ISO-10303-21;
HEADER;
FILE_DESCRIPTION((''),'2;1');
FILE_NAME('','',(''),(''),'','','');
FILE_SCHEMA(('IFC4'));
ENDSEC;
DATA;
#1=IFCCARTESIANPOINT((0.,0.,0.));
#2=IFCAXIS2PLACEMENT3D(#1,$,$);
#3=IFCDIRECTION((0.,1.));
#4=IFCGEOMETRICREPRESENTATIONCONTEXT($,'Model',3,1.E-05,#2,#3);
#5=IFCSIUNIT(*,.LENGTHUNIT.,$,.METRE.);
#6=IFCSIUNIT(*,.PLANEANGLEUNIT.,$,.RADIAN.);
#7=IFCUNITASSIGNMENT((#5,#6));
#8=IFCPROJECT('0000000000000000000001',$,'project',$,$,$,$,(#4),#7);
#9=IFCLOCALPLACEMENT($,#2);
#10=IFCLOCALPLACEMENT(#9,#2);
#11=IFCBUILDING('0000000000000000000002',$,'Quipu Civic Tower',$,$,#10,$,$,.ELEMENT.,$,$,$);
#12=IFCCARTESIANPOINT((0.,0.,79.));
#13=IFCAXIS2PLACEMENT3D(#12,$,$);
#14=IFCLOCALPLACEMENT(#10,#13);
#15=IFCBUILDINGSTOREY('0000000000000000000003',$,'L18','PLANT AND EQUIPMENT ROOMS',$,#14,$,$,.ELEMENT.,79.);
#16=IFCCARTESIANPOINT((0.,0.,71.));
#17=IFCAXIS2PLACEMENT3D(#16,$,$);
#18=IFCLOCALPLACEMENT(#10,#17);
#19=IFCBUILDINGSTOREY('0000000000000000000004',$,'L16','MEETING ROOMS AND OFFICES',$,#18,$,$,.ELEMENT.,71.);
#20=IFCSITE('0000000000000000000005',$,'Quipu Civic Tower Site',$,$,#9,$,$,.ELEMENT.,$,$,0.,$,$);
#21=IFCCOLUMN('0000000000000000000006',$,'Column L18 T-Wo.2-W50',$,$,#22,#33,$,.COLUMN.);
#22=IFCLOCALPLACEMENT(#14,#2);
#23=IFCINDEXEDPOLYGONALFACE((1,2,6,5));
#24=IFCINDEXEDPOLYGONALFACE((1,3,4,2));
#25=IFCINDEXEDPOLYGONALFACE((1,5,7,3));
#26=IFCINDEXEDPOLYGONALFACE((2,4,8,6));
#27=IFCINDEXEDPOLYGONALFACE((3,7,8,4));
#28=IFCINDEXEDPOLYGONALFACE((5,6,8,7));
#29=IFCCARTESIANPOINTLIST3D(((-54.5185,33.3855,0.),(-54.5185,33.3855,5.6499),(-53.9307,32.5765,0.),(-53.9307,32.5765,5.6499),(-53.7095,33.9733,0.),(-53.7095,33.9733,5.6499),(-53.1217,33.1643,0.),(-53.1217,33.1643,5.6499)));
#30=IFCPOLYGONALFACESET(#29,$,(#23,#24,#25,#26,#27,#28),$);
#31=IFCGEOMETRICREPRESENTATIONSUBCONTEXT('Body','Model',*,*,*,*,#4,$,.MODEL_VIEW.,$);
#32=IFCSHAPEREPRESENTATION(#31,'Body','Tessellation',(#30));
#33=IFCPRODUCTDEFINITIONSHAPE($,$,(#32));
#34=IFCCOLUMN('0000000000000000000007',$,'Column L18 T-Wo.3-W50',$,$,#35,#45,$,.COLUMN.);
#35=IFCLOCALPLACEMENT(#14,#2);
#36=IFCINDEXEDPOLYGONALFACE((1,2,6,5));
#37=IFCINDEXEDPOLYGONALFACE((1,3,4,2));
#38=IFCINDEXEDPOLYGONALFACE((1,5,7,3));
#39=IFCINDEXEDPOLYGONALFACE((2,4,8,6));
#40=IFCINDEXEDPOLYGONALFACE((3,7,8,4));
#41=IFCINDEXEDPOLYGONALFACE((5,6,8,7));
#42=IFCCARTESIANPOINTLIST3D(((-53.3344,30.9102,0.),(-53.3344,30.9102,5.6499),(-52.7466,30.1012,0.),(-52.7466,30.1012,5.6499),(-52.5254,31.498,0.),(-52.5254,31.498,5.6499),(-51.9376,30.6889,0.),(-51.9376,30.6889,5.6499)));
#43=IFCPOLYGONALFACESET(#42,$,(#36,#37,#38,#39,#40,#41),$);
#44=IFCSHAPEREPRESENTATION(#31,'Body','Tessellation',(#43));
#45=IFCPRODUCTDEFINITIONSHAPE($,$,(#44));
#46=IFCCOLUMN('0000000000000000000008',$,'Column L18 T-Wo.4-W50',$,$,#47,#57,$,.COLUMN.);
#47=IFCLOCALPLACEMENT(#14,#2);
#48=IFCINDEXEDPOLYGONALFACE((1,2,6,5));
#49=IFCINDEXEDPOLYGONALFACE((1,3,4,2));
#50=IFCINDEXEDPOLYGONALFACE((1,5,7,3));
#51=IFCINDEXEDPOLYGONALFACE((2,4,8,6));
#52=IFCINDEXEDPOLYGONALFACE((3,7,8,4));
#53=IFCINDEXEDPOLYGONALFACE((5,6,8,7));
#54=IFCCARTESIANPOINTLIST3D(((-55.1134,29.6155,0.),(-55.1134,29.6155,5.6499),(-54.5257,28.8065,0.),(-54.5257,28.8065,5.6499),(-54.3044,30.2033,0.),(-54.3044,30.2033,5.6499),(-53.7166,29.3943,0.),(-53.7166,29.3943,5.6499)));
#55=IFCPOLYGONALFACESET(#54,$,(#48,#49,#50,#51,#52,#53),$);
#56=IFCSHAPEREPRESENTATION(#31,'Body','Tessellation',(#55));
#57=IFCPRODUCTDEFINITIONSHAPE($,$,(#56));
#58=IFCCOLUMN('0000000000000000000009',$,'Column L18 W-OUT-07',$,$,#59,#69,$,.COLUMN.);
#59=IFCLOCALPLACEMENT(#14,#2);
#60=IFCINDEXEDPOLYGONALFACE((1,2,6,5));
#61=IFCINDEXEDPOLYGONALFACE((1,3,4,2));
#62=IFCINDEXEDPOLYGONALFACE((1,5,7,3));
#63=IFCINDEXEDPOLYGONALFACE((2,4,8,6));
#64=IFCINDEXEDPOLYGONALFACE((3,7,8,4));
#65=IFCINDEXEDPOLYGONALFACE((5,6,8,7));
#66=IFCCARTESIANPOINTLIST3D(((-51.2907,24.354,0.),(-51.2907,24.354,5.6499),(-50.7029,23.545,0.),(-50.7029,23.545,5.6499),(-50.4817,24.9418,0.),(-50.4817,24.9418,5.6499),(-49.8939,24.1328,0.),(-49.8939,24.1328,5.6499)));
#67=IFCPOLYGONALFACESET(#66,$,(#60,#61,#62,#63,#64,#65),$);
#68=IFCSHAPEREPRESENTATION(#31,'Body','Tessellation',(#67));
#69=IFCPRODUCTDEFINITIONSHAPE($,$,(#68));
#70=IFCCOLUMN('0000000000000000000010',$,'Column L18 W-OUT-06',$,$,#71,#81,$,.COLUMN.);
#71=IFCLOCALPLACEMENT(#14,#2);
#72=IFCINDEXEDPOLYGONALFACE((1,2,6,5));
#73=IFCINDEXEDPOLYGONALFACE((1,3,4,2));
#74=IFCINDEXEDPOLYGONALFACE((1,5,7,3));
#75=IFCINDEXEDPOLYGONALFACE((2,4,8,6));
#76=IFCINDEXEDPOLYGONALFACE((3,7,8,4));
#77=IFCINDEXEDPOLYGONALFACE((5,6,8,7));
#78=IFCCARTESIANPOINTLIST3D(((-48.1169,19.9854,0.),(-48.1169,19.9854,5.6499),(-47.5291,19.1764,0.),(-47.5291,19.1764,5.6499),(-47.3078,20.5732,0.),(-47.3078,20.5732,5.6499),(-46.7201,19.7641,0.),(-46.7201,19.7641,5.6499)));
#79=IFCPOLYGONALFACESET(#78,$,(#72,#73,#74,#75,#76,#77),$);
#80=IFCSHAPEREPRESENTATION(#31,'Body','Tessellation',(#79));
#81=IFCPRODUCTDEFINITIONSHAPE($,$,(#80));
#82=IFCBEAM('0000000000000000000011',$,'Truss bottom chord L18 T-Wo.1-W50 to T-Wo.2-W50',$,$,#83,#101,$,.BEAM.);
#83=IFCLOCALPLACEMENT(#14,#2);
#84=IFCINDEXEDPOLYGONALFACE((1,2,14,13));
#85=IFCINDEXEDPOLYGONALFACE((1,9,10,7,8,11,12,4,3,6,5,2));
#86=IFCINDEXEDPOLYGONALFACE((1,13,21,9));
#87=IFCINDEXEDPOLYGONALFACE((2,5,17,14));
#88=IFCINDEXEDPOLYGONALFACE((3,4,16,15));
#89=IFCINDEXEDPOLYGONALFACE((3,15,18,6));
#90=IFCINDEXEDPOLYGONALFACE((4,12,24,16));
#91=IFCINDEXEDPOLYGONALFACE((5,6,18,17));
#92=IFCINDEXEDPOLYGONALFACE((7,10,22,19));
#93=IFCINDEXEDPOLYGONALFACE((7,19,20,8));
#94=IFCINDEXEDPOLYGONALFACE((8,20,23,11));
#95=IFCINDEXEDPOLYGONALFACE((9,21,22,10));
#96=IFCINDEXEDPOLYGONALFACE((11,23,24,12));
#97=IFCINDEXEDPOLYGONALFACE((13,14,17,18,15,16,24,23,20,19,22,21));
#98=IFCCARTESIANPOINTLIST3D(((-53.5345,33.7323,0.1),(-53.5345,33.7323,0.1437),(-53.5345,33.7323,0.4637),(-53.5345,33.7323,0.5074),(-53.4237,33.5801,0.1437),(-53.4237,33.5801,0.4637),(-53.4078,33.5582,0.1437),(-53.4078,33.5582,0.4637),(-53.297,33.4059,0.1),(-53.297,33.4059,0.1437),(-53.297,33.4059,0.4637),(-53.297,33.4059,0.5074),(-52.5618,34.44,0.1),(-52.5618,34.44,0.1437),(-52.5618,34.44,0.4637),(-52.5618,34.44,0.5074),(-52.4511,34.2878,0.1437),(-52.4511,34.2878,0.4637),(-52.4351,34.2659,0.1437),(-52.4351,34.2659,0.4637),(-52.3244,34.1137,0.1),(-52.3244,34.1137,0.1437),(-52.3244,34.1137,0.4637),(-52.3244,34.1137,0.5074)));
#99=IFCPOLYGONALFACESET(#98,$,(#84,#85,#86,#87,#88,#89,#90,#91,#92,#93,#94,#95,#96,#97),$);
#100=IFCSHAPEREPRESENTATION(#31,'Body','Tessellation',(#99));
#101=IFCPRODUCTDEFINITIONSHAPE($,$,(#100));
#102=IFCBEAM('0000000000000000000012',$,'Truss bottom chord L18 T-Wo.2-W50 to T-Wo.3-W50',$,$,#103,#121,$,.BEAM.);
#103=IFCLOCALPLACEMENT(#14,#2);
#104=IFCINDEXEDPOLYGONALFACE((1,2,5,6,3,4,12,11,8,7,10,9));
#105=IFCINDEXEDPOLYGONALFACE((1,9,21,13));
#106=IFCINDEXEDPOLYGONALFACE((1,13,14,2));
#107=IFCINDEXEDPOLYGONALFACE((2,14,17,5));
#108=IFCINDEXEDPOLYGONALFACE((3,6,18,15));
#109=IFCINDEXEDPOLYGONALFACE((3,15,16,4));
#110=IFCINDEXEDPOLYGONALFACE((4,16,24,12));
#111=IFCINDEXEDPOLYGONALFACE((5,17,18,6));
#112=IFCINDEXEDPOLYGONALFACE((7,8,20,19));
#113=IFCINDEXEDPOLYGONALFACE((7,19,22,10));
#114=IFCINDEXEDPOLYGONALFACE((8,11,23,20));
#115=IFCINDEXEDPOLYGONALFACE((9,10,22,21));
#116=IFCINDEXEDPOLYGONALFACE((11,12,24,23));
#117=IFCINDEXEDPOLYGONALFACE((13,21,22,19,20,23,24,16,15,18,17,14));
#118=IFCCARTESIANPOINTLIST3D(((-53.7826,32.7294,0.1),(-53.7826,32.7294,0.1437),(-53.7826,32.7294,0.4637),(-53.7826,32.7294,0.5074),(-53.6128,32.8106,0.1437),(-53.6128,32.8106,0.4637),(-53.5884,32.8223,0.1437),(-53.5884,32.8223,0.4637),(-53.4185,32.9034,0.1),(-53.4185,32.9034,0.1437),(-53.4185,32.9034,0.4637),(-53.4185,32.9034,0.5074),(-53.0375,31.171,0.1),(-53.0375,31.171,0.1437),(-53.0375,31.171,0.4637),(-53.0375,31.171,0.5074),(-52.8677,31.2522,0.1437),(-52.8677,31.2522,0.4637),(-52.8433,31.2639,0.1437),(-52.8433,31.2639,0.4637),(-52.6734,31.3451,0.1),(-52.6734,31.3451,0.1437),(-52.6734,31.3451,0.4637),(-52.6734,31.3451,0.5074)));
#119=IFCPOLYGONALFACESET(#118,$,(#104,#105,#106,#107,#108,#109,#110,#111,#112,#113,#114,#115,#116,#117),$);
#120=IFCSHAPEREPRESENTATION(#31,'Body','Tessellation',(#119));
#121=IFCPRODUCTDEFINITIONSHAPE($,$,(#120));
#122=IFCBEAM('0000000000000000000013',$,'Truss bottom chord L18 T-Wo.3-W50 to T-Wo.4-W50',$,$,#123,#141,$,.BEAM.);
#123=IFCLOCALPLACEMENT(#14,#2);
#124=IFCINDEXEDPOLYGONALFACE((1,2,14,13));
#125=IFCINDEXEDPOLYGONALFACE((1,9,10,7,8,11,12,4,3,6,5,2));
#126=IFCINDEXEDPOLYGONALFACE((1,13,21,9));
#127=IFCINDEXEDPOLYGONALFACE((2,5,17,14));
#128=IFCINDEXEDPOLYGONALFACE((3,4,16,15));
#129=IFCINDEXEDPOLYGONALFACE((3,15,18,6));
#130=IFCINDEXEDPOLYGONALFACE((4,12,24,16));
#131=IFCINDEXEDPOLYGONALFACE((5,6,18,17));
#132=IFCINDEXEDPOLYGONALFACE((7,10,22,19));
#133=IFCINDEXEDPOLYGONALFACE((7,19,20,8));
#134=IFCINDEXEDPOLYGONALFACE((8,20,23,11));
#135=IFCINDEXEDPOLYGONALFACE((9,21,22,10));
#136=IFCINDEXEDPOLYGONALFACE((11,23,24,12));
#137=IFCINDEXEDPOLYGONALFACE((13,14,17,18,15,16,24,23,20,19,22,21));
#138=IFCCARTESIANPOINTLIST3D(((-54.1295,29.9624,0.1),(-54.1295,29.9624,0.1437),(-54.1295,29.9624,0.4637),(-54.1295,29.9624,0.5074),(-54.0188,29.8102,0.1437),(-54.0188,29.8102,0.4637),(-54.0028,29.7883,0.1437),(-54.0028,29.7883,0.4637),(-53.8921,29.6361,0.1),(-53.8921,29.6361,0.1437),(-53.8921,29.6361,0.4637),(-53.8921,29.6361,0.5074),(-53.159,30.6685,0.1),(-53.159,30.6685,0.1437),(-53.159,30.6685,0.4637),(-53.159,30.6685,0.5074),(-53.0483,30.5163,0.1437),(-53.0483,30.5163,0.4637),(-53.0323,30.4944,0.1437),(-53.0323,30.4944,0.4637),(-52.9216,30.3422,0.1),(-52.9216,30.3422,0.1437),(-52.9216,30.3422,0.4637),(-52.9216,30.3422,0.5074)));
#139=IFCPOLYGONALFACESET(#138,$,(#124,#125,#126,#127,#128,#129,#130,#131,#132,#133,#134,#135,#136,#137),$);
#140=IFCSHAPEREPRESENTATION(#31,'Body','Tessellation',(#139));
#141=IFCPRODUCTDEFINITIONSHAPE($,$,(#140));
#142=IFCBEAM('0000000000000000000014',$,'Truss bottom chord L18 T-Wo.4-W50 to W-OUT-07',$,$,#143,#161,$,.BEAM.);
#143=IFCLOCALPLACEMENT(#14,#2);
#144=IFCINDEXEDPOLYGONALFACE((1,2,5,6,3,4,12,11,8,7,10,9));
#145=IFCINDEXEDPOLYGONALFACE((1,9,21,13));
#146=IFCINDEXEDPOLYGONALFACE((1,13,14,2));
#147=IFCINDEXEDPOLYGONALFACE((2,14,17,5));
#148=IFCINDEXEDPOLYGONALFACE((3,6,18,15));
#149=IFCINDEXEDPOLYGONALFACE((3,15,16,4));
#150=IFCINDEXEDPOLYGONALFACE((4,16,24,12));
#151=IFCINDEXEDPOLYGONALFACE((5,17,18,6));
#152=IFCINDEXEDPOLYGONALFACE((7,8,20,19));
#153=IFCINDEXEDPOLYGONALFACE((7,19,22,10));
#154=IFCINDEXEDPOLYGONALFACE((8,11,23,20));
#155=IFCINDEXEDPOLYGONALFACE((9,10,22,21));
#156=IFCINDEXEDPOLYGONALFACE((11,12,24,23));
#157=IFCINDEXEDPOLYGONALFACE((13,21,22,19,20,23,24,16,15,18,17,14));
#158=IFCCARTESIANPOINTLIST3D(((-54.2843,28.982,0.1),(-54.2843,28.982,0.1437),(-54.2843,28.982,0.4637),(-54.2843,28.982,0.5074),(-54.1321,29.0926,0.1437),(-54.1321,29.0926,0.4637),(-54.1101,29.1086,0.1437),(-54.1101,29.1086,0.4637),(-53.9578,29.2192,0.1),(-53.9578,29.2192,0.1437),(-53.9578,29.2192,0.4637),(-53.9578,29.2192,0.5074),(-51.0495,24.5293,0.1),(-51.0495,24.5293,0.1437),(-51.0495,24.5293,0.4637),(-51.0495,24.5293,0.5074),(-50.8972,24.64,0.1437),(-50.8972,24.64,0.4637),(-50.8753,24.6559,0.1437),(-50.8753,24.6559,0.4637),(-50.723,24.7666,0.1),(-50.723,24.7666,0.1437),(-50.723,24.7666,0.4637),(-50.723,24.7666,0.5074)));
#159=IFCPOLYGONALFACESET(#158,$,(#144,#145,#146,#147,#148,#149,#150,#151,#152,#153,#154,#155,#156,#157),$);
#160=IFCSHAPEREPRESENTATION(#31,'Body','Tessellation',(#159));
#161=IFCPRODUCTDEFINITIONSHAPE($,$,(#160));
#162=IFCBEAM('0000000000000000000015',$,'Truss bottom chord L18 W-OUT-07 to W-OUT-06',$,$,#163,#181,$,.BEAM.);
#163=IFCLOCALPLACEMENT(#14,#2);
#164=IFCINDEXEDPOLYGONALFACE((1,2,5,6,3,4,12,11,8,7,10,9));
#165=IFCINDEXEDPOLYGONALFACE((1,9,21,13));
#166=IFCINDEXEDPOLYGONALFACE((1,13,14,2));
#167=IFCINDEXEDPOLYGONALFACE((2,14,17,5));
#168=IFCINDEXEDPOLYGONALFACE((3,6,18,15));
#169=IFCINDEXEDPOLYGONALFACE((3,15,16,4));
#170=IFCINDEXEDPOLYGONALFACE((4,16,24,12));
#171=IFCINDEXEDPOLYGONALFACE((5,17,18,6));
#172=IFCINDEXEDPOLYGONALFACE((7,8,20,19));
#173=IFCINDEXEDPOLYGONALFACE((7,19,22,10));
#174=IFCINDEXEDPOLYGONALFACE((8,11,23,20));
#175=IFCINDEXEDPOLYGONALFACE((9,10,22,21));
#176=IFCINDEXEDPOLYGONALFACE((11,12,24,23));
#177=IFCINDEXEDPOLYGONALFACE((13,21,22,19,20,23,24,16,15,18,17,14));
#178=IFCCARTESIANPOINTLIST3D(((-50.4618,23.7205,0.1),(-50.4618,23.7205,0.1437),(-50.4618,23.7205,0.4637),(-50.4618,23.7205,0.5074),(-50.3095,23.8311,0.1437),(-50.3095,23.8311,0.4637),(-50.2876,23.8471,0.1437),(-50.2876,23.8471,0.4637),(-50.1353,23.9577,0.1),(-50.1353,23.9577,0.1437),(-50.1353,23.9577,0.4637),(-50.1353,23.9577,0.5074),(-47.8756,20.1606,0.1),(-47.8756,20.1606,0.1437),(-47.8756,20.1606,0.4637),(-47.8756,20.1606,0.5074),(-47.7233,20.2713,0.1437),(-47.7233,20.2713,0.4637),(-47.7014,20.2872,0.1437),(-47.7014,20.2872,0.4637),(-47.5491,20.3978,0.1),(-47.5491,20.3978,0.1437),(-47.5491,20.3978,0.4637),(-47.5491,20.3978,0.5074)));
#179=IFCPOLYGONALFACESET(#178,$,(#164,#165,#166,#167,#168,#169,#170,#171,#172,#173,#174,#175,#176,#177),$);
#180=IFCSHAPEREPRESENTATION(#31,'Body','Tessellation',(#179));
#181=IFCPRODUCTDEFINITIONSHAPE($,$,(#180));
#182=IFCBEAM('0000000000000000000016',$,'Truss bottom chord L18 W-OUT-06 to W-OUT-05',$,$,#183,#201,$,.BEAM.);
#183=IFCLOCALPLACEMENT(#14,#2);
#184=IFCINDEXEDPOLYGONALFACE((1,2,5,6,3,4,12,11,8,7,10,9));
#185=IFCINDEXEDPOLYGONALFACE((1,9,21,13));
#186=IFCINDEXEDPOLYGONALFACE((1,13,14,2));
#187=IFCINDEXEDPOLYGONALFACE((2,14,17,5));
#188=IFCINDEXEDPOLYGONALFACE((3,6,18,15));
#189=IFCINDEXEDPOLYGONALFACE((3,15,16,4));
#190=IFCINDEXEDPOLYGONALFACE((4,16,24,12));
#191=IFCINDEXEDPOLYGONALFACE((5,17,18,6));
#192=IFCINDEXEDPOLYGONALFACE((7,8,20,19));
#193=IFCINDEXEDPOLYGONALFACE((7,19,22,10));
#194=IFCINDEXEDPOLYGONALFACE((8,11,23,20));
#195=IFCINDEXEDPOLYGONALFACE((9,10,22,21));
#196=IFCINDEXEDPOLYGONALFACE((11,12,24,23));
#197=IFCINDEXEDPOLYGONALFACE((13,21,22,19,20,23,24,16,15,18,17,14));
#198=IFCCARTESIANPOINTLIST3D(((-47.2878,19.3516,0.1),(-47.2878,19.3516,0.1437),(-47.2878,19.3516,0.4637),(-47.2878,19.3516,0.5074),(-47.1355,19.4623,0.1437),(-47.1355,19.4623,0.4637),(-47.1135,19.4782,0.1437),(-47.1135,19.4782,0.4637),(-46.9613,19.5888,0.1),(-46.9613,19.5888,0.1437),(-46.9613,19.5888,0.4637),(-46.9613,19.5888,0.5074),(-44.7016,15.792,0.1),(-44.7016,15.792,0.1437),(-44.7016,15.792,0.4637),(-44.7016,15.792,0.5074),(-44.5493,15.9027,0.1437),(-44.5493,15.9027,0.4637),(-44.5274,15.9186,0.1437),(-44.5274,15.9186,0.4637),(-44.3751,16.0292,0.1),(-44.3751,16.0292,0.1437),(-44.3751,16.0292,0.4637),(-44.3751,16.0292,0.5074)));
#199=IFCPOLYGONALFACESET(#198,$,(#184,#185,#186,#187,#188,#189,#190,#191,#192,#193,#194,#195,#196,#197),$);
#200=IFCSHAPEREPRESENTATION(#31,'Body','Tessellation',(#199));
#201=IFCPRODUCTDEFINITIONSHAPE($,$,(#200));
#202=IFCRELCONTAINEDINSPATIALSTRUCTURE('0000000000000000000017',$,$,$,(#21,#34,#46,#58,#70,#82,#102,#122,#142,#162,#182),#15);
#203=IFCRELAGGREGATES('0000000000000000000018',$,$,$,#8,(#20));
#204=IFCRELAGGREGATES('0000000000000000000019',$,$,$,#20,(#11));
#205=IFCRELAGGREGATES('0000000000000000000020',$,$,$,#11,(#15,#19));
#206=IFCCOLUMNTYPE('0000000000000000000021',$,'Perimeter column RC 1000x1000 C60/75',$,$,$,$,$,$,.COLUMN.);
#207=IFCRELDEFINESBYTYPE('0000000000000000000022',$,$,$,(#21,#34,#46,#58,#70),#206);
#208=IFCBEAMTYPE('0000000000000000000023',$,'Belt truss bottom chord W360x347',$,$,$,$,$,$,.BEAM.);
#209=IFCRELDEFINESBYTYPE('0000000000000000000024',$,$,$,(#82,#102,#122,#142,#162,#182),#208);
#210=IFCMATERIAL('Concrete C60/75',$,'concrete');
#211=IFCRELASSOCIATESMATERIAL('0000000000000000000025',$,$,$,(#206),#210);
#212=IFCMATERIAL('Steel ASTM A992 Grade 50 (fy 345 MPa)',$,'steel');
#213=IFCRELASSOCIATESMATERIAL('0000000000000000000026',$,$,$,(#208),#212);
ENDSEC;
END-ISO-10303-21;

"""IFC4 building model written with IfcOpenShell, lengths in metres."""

from ifc_helpers import new_model, si_unit, direction, frame, origin, origin_2d, place, context, subcontext, project, spatial, rectangle, i_section, extrude, material, material_profile, profile_set, type_object, element, save


model = new_model("IFC4")

# Units and contexts
model_context = context("Model", 3, precision=1e-05, world=origin(), true_north=direction((0.0, 1.0)))
body_context = subcontext(model_context, "Body", "Model", "MODEL_VIEW")
ifc_project = project(units=[si_unit("LENGTHUNIT", "METRE"), si_unit("PLANEANGLEUNIT", "RADIAN")], contexts=[model_context])

# Site, building, storey
site_placement = place(None, origin())
site = spatial("IfcSite", under=ifc_project, at=site_placement, Name="Quipu Civic Tower Site", CompositionType="ELEMENT", RefElevation=0.0)
building_placement = place(site_placement, origin())
building = spatial("IfcBuilding", under=site, at=building_placement, Name="Quipu Civic Tower", CompositionType="ELEMENT")
storey_1_placement = place(building_placement, frame((0.0, 0.0, 79.0)))
storey_1 = spatial("IfcBuildingStorey", under=building, at=storey_1_placement, Name="L18", Description="PLANT AND EQUIPMENT ROOMS", CompositionType="ELEMENT", Elevation=79.0)

# Columns
ifc_material_1 = material(Name="Concrete C60/75", Category="concrete")
ifc_material_profile_1 = material_profile(ifc_material_1, rectangle(XDim=1.0, YDim=1.0, at=origin_2d()), Name="RC1000x1000")
ifc_profile_set_1 = profile_set([ifc_material_profile_1], Name="Concrete C60/75")
column_type = type_object("IfcColumnType", Name="Perimeter column RC 1000x1000 C60/75", PredefinedType="COLUMN", material=ifc_profile_set_1)
for number, where, z_axis, x_axis, name in (
    (1, (-53.8201, 33.2749, 0.0), (0.0, 0.0, 1.0), (0.587785, -0.809017, 0.0), "Column L18 T-Wo.2-W50"),
    (2, (-52.636, 30.7996, 0.0), (0.0, 0.0, 1.0), (-0.809017, -0.587785, 0.0), "Column L18 T-Wo.3-W50"),
    (3, (-54.415, 29.5049, 0.0), (0.0, 0.0, 1.0), (0.587785, -0.809017, 0.0), "Column L18 T-Wo.4-W50"),
    (4, (-50.5923, 24.2434, 0.0), (0.0, 0.0, 1.0), (0.587785, -0.809017, 0.0), "Column L18 W-OUT-07"),
    (5, (-47.4185, 19.8748, 0.0), (0.0, 0.0, 1.0), (0.587785, -0.809017, 0.0), "Column L18 W-OUT-06"),
):
    element("IfcColumn", number, at=place(storey_1_placement, frame(where, z_axis=z_axis, x_axis=x_axis)), inside=storey_1, type_object=column_type, Name=name, PredefinedType="COLUMN", context=body_context, shape_type="SweptSolid", body=[
        extrude(rectangle(XDim=1.0, YDim=1.0, at=origin_2d()), origin(), (0.0, 0.0, 1.0), 5.6499),
    ])

# Beams
ifc_material_2 = material(Name="Steel ASTM A992 Grade 50 (fy 345 MPa)", Category="steel")
ifc_material_profile_2 = material_profile(ifc_material_2, i_section(OverallWidth=0.4036, OverallDepth=0.4075, WebThickness=0.0271, FlangeThickness=0.0437, at=origin_2d()), Name="W360x347")
ifc_profile_set_2 = profile_set([ifc_material_profile_2], Name="Steel ASTM A992 Grade 50 (fy 345 MPa)")
beam_type_1 = type_object("IfcBeamType", Name="Belt truss bottom chord W360x347", PredefinedType="BEAM", material=ifc_profile_set_2)
beam_1_placement = place(storey_1_placement, frame((-52.4431, 34.2769, 0.3037), z_axis=(-0.808587, -0.588377, 0.0), x_axis=(0.588377, -0.808587, 0.0)))
element("IfcBeam", 6, at=beam_1_placement, inside=storey_1, type_object=beam_type_1, Name="Truss bottom chord L18 T-Wo.1-W50 to T-Wo.2-W50", PredefinedType="BEAM", context=body_context, shape_type="SweptSolid", body=[
    extrude(i_section(OverallWidth=0.4036, OverallDepth=0.4075, WebThickness=0.0271, FlangeThickness=0.0437, at=origin_2d()), origin(), (0.0, 0.0, 1.0), 1.2029),
])
beam_2_placement = place(storey_1_placement, frame((-53.6006, 32.8164, 0.3037), z_axis=(0.43137, -0.902175, 0.0), x_axis=(0.902175, 0.43137, 0.0)))
element("IfcBeam", 7, at=beam_2_placement, inside=storey_1, type_object=beam_type_1, Name="Truss bottom chord L18 T-Wo.2-W50 to T-Wo.3-W50", PredefinedType="BEAM", context=body_context, shape_type="SweptSolid", body=[
    extrude(i_section(OverallWidth=0.4036, OverallDepth=0.4075, WebThickness=0.0271, FlangeThickness=0.0437, at=origin_2d()), origin(), (0.0, 0.0, 1.0), 1.7273),
])
beam_3_placement = place(storey_1_placement, frame((-53.0403, 30.5054, 0.3037), z_axis=(-0.808631, -0.588317, 0.0), x_axis=(0.588317, -0.808631, 0.0)))
element("IfcBeam", 8, at=beam_3_placement, inside=storey_1, type_object=beam_type_1, Name="Truss bottom chord L18 T-Wo.3-W50 to T-Wo.4-W50", PredefinedType="BEAM", context=body_context, shape_type="SweptSolid", body=[
    extrude(i_section(OverallWidth=0.4036, OverallDepth=0.4075, WebThickness=0.0271, FlangeThickness=0.0437, at=origin_2d()), origin(), (0.0, 0.0, 1.0), 1.2002),
])
beam_4_placement = place(storey_1_placement, frame((-54.1211, 29.1006, 0.3037), z_axis=(0.587765, -0.809031, 0.0), x_axis=(0.809031, 0.587765, 0.0)))
element("IfcBeam", 9, at=beam_4_placement, inside=storey_1, type_object=beam_type_1, Name="Truss bottom chord L18 T-Wo.4-W50 to W-OUT-07", PredefinedType="BEAM", context=body_context, shape_type="SweptSolid", body=[
    extrude(i_section(OverallWidth=0.4036, OverallDepth=0.4075, WebThickness=0.0271, FlangeThickness=0.0437, at=origin_2d()), origin(), (0.0, 0.0, 1.0), 5.5037),
])
beam_5_placement = place(storey_1_placement, frame((-50.2986, 23.8391, 0.3037), z_axis=(0.587759, -0.809036, 0.0), x_axis=(0.809036, 0.587759, 0.0)))
element("IfcBeam", 10, at=beam_5_placement, inside=storey_1, type_object=beam_type_1, Name="Truss bottom chord L18 W-OUT-07 to W-OUT-06", PredefinedType="BEAM", context=body_context, shape_type="SweptSolid", body=[
    extrude(i_section(OverallWidth=0.4036, OverallDepth=0.4075, WebThickness=0.0271, FlangeThickness=0.0437, at=origin_2d()), origin(), (0.0, 0.0, 1.0), 4.4001),
])
beam_6_placement = place(storey_1_placement, frame((-47.1245, 19.4702, 0.3037), z_axis=(0.587786, -0.809017, 0.0), x_axis=(0.809017, 0.587786, 0.0)))
element("IfcBeam", 11, at=beam_6_placement, inside=storey_1, type_object=beam_type_1, Name="Truss bottom chord L18 W-OUT-06 to W-OUT-05", PredefinedType="BEAM", context=body_context, shape_type="SweptSolid", body=[
    extrude(i_section(OverallWidth=0.4036, OverallDepth=0.4075, WebThickness=0.0271, FlangeThickness=0.0437, at=origin_2d()), origin(), (0.0, 0.0, 1.0), 4.3999),
])

# Shared definitions
storey_2_placement = place(building_placement, frame((0.0, 0.0, 71.0)))
storey_2 = spatial("IfcBuildingStorey", under=building, at=storey_2_placement, Name="L16", Description="MEETING ROOMS AND OFFICES", CompositionType="ELEMENT", Elevation=71.0)

save(model, "model.ifc")
